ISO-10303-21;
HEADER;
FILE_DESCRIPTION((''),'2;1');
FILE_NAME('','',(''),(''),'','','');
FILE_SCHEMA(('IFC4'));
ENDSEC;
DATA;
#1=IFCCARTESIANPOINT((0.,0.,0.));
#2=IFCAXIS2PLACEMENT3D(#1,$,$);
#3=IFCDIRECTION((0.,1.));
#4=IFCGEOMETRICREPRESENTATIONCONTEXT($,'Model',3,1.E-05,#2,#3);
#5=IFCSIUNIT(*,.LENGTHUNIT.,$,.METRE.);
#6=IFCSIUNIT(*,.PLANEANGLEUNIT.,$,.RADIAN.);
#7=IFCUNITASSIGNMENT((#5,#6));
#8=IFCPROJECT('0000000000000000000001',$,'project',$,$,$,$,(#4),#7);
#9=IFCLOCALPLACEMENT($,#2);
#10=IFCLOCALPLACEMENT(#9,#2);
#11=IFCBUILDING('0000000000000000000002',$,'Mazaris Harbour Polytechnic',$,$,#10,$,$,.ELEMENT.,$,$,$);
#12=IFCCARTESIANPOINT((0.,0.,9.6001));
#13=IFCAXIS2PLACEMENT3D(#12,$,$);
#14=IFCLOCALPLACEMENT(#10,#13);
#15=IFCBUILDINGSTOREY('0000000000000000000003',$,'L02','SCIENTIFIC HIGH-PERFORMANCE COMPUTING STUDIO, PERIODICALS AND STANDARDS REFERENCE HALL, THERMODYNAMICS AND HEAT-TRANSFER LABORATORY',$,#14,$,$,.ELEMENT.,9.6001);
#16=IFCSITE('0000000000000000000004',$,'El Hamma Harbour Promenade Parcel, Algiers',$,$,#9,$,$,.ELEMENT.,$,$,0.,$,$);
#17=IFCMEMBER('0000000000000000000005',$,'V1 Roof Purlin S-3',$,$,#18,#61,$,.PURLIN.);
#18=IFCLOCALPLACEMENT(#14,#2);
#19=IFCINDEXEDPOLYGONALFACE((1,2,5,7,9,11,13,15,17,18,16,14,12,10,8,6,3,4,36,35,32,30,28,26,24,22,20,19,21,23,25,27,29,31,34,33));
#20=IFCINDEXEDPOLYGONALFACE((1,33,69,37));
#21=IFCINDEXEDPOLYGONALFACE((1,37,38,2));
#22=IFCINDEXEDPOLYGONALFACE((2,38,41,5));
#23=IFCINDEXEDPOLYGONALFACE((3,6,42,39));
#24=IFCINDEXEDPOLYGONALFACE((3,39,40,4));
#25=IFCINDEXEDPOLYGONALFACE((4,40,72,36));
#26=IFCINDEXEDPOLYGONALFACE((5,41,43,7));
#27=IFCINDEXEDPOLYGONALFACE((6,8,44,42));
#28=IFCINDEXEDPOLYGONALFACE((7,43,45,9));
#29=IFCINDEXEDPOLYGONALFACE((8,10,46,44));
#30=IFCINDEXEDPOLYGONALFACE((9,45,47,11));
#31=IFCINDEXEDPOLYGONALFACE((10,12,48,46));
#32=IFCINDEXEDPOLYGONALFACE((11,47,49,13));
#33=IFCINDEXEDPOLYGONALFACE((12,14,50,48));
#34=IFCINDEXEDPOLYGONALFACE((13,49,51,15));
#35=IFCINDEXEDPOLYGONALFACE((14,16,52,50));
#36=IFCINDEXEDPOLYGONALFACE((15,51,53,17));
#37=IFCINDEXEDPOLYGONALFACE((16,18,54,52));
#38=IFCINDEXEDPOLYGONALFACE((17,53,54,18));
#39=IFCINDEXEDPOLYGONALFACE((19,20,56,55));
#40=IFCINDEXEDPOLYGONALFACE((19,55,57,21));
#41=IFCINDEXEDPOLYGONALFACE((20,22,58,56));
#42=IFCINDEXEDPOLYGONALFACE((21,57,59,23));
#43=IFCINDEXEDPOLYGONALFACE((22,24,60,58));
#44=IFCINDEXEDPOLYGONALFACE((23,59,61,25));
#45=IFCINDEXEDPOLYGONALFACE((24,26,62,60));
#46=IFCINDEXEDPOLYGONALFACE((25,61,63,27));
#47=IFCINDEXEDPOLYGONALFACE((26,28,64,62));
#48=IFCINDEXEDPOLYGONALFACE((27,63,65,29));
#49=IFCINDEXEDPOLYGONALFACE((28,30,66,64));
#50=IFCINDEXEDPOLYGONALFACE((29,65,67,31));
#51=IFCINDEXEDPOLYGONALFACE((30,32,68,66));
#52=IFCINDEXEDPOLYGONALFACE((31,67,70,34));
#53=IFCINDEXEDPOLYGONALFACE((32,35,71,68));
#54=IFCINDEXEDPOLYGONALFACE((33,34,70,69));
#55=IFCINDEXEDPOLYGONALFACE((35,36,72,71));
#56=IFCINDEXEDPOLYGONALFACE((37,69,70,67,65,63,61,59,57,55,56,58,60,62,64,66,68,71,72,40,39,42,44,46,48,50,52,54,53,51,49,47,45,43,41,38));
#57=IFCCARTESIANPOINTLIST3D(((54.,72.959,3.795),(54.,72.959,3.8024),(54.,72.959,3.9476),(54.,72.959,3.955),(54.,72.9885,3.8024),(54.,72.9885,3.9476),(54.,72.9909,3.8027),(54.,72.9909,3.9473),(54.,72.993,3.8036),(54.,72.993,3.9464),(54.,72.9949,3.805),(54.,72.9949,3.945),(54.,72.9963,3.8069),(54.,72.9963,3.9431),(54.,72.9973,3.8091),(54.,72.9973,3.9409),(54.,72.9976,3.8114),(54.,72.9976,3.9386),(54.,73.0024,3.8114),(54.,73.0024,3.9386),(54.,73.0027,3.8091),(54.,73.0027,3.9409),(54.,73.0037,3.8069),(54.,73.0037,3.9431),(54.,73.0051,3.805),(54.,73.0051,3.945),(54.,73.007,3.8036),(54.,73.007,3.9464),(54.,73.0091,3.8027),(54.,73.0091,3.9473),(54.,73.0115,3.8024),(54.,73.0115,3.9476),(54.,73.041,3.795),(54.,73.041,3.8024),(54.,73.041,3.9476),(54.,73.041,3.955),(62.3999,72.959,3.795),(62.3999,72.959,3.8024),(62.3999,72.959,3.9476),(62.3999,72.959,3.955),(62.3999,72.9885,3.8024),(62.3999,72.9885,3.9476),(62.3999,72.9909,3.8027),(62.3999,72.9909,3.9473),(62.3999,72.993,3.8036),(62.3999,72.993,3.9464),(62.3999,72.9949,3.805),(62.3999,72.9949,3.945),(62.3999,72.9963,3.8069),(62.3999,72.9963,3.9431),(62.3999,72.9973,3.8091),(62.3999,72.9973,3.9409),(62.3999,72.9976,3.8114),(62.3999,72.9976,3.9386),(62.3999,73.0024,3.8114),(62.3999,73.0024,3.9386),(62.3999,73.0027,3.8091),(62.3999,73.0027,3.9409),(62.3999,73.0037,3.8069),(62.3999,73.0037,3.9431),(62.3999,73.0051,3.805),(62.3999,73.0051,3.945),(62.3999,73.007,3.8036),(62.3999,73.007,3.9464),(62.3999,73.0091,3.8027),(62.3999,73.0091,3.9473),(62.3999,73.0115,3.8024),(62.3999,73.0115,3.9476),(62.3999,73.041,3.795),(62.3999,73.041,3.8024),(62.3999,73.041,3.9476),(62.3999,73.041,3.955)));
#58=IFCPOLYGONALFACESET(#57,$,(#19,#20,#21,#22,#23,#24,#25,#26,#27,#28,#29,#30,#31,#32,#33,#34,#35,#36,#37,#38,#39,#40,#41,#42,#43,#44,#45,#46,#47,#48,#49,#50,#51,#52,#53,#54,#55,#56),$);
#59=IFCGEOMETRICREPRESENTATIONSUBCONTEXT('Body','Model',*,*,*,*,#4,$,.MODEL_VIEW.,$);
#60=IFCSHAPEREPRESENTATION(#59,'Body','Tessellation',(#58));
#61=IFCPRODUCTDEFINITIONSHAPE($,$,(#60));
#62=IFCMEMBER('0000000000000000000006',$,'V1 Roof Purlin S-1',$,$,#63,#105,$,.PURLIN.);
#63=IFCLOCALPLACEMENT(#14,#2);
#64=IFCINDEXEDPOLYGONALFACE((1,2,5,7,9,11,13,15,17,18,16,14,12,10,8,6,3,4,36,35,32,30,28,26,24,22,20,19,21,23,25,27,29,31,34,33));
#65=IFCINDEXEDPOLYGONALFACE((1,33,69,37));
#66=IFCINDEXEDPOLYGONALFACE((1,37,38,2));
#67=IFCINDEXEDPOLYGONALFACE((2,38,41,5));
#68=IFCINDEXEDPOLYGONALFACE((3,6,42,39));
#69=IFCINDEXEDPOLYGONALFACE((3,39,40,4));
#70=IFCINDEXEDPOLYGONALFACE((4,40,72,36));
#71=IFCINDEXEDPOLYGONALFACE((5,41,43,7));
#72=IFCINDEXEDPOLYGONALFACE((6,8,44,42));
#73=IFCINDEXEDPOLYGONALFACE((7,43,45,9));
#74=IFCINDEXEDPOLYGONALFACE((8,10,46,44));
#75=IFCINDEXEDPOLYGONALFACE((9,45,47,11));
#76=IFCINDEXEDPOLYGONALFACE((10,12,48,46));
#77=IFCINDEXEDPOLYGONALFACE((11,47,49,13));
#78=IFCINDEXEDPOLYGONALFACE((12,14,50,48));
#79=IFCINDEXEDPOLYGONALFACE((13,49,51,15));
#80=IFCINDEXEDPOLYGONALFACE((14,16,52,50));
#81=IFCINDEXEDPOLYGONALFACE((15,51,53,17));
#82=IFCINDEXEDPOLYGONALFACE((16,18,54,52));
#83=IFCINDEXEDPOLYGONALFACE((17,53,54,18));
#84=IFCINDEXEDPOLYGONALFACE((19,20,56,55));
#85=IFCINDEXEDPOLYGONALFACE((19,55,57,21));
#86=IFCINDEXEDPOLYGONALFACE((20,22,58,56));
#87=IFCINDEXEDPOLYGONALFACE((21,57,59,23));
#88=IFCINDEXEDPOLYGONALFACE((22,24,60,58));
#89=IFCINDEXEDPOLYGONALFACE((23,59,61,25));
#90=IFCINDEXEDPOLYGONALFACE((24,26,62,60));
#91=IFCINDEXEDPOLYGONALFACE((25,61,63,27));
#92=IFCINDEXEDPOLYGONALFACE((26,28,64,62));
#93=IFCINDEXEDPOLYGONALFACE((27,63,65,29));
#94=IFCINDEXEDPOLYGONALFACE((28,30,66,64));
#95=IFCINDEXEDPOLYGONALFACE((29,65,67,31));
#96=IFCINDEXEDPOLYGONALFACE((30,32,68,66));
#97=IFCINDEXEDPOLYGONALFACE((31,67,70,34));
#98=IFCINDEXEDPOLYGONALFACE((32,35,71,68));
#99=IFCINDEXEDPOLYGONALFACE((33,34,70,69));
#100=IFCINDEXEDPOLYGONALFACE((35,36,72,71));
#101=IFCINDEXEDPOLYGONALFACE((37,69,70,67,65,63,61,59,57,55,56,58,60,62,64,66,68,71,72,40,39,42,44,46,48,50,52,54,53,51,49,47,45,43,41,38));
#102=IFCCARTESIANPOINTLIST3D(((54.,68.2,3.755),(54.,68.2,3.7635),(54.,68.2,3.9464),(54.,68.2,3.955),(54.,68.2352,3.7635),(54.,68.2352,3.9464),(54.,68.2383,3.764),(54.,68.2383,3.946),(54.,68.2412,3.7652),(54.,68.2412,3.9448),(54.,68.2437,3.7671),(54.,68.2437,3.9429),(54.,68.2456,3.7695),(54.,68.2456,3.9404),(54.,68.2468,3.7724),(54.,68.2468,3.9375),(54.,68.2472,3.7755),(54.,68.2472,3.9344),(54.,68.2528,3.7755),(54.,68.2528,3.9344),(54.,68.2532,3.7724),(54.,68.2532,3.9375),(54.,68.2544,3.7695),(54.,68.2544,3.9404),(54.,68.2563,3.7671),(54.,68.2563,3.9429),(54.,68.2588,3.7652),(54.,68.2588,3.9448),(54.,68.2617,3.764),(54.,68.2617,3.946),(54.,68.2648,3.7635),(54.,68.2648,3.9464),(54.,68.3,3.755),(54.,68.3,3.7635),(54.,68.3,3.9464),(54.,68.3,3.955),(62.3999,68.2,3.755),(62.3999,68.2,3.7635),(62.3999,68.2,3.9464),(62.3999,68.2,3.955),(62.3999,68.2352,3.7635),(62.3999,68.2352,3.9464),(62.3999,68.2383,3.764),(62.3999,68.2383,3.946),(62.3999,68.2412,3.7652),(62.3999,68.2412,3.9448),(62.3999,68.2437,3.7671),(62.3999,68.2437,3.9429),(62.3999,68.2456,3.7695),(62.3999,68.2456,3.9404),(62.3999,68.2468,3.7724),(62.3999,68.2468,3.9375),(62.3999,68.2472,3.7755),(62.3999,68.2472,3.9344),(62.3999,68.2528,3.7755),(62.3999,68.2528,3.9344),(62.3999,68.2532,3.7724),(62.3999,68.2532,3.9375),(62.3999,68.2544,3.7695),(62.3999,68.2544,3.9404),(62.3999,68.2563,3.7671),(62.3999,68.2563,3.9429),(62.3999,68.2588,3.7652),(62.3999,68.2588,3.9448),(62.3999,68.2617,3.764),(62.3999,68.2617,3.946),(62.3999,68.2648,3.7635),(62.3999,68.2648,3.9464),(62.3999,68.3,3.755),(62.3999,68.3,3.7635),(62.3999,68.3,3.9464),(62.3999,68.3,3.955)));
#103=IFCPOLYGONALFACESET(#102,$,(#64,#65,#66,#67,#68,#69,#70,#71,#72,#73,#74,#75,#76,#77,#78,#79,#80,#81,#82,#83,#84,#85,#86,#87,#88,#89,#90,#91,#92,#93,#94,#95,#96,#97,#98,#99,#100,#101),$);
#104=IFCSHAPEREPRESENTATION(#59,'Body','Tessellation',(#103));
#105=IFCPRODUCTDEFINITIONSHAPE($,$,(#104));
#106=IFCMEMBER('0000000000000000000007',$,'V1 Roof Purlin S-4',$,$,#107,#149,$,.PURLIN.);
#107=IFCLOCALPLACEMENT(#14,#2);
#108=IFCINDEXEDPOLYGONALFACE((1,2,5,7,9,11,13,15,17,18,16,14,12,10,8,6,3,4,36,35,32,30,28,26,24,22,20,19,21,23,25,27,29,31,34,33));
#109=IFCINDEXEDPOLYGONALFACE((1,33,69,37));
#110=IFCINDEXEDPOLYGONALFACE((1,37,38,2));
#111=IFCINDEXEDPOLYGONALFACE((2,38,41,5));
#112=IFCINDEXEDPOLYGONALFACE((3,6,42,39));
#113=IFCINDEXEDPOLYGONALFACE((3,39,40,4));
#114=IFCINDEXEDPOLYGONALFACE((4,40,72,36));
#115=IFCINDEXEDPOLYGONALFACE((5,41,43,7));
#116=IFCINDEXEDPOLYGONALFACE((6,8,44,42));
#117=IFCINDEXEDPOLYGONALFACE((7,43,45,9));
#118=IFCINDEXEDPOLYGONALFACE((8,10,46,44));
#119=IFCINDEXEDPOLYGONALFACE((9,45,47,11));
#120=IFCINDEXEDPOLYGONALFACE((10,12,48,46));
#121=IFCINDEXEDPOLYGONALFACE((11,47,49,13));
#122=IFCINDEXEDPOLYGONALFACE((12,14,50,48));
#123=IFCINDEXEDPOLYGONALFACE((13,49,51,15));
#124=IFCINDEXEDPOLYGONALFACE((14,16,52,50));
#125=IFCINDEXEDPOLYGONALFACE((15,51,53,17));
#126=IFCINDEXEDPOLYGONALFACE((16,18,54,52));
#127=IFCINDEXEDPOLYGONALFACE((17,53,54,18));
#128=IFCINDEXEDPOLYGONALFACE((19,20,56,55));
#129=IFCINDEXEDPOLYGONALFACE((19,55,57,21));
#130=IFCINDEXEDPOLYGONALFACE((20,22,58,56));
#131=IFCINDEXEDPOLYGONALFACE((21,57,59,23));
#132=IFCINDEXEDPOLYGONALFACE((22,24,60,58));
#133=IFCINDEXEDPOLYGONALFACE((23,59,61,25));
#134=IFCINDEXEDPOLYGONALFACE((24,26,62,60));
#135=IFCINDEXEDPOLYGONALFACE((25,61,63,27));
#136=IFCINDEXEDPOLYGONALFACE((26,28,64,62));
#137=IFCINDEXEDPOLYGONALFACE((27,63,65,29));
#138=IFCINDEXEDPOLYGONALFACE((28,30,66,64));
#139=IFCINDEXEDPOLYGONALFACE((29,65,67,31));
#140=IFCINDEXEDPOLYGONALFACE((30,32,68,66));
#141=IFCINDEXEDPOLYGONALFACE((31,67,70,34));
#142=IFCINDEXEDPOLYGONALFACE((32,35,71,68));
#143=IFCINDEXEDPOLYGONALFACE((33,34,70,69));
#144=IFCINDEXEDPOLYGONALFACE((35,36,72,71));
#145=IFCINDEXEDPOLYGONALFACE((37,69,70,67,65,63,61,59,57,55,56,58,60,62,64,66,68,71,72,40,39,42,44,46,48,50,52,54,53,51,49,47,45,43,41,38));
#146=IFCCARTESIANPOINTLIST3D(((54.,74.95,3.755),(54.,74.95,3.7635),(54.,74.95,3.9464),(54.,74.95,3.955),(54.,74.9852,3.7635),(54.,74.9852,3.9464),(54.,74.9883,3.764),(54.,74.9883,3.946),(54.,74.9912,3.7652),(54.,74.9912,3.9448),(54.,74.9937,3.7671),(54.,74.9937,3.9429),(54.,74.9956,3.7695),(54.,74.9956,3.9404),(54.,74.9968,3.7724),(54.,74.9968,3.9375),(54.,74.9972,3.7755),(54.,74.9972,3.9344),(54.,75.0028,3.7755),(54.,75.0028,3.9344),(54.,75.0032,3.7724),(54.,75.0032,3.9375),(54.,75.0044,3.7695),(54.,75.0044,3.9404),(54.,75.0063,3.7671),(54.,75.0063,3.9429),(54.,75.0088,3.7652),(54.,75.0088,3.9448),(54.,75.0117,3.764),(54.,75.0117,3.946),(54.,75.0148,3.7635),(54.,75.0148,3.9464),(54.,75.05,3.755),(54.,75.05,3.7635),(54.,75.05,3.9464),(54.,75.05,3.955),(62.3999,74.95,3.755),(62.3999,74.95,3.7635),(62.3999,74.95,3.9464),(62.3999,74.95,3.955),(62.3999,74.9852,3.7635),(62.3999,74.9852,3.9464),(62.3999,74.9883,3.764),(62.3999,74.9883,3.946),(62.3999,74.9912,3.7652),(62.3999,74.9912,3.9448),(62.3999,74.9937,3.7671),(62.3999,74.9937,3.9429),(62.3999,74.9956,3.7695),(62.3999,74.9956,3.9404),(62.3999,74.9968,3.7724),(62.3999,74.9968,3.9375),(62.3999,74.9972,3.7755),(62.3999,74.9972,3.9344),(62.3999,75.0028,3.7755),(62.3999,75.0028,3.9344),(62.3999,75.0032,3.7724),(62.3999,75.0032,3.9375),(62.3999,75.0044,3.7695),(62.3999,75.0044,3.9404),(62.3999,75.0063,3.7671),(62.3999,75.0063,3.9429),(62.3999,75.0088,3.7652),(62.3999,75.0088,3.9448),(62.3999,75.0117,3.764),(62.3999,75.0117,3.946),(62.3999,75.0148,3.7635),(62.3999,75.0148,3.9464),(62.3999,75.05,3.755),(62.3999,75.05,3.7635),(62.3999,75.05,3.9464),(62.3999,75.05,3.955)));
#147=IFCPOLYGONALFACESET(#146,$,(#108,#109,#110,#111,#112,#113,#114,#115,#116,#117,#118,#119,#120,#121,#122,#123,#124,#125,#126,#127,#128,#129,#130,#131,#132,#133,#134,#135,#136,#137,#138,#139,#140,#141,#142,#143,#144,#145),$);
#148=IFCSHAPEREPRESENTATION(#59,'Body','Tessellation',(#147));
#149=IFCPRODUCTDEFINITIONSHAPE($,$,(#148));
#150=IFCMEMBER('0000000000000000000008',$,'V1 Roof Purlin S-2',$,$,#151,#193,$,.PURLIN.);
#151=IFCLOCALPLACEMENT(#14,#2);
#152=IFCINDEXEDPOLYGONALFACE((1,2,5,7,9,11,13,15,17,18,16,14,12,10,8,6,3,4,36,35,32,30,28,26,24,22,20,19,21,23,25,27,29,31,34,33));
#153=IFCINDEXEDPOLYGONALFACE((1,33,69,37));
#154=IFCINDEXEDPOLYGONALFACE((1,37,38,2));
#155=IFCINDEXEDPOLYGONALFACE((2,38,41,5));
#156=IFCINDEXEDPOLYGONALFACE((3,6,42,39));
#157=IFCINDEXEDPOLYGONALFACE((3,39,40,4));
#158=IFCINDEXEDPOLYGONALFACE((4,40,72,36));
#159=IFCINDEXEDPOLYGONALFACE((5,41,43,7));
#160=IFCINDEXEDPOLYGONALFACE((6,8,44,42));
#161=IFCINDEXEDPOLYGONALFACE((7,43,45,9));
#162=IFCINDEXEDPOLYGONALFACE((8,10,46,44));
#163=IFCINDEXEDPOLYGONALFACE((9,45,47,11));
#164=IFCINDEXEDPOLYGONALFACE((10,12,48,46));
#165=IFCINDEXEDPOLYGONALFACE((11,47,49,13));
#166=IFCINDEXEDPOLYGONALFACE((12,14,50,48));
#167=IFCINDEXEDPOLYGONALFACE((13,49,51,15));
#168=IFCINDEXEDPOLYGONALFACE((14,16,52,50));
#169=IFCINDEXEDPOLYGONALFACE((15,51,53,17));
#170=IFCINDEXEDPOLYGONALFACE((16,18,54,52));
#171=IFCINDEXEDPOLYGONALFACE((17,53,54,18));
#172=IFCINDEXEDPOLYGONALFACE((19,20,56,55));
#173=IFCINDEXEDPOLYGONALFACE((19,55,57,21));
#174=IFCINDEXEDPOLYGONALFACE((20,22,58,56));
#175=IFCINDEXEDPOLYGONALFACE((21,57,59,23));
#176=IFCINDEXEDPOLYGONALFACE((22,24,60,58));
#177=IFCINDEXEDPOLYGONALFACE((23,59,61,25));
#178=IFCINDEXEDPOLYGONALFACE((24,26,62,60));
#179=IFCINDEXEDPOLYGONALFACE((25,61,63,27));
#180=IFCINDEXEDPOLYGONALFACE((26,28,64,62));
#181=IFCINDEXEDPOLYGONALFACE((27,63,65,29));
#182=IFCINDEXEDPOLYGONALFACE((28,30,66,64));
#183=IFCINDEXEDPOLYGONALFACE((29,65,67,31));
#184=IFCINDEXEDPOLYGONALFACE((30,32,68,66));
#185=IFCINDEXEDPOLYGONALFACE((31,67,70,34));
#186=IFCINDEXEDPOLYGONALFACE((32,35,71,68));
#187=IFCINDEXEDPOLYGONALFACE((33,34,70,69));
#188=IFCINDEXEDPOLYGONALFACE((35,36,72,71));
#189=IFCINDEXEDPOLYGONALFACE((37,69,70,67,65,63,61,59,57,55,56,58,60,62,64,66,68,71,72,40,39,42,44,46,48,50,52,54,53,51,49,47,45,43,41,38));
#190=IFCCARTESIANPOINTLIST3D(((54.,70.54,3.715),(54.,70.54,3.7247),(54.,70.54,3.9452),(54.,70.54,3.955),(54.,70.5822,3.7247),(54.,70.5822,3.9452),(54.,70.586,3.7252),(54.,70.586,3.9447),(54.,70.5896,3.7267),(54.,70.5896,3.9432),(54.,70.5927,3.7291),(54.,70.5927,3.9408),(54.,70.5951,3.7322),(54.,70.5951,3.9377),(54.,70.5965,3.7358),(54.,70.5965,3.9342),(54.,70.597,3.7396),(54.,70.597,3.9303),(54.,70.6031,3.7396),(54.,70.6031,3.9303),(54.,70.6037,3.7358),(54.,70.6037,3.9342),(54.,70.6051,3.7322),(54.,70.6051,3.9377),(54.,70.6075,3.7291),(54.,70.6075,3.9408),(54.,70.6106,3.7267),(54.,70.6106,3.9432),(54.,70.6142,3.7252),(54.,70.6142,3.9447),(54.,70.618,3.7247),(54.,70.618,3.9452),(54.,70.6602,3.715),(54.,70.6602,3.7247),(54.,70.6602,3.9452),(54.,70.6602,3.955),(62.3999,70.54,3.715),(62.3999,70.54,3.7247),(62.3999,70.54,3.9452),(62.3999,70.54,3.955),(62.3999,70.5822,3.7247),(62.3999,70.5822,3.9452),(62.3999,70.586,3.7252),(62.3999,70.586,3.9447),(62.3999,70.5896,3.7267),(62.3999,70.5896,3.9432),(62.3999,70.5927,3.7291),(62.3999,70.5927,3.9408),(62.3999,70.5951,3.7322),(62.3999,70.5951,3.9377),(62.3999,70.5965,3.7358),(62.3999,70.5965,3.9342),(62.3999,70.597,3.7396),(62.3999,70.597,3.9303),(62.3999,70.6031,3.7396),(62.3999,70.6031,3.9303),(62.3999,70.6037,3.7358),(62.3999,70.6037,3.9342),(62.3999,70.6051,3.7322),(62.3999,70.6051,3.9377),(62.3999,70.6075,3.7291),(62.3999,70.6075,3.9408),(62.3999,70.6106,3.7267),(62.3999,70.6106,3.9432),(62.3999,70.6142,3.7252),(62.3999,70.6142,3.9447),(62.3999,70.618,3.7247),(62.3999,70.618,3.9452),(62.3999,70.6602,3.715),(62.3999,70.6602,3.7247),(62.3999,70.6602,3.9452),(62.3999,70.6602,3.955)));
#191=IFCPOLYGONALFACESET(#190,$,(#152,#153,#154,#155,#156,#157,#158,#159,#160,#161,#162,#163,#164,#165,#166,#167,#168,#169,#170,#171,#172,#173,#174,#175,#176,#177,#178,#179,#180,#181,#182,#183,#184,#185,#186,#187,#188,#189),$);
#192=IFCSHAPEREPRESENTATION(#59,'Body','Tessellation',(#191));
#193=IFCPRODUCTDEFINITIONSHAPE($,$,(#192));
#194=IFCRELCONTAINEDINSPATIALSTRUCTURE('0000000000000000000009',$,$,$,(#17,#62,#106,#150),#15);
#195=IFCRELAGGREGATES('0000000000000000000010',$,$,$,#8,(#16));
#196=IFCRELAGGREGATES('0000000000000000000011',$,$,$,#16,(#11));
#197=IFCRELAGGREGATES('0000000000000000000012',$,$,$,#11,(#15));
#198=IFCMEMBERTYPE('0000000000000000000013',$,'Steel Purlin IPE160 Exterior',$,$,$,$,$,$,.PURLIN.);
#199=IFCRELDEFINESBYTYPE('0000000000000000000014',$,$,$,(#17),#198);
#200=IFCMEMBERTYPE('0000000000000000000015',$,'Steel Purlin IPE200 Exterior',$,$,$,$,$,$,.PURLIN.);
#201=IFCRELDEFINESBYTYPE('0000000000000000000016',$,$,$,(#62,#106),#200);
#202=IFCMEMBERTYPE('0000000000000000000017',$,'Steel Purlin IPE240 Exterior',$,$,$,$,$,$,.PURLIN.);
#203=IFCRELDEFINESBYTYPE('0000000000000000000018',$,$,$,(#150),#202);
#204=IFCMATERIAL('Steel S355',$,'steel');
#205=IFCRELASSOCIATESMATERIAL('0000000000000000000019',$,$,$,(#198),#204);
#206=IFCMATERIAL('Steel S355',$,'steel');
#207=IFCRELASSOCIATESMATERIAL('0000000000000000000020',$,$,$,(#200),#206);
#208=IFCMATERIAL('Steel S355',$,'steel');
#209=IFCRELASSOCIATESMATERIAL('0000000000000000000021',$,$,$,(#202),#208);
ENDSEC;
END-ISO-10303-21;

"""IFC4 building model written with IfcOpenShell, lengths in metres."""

from ifc_helpers import new_model, si_unit, direction, frame, origin, origin_2d, place, context, subcontext, project, spatial, i_section, extrude, material, material_profile, profile_set, type_object, element, save


model = new_model("IFC4")

# Units and contexts
model_context = context("Model", 3, precision=1e-05, world=origin(), true_north=direction((0.0, 1.0)))
body_context = subcontext(model_context, "Body", "Model", "MODEL_VIEW")
ifc_project = project(units=[si_unit("LENGTHUNIT", "METRE"), si_unit("PLANEANGLEUNIT", "RADIAN")], contexts=[model_context])

# Site, building, storey
site_placement = place(None, origin())
site = spatial("IfcSite", under=ifc_project, at=site_placement, Name="El Hamma Harbour Promenade Parcel, Algiers", CompositionType="ELEMENT", RefElevation=0.0)
building_placement = place(site_placement, origin())
building = spatial("IfcBuilding", under=site, at=building_placement, Name="Mazaris Harbour Polytechnic", CompositionType="ELEMENT")
storey_placement = place(building_placement, frame((0.0, 0.0, 9.6001)))
storey = spatial("IfcBuildingStorey", under=building, at=storey_placement, Name="L02", Description="SCIENTIFIC HIGH-PERFORMANCE COMPUTING STUDIO, PERIODICALS AND STANDARDS REFERENCE HALL, THERMODYNAMICS AND HEAT-TRANSFER LABORATORY", CompositionType="ELEMENT", Elevation=9.6001)

# Members
ifc_material_1 = material(Name="Steel S355", Category="steel")
ifc_material_profile_1 = material_profile(ifc_material_1, i_section(OverallWidth=0.082, OverallDepth=0.1599, WebThickness=0.0049, FlangeThickness=0.0073, FilletRadius=0.009, at=origin_2d()), Name="IPE 160")
ifc_profile_set_1 = profile_set([ifc_material_profile_1], Name="Steel S355")
member_type_1 = type_object("IfcMemberType", Name="Steel Purlin IPE160 Exterior", PredefinedType="PURLIN", material=ifc_profile_set_1)
member_1_placement = place(storey_placement, frame((54.0, 73.0, 3.875), z_axis=(1.0, 0.0, 0.0), x_axis=(0.0, 1.0, 0.0)))
element("IfcMember", 1, at=member_1_placement, inside=storey, type_object=member_type_1, Name="V1 Roof Purlin S-3", PredefinedType="PURLIN", context=body_context, shape_type="SweptSolid", body=[
    extrude(i_section(OverallWidth=0.082, OverallDepth=0.1599, WebThickness=0.0049, FlangeThickness=0.0073, FilletRadius=0.009, at=origin_2d()), origin(), (0.0, 0.0, 1.0), 8.3999),
])
ifc_material_2 = material(Name="Steel S355", Category="steel")
ifc_material_profile_2 = material_profile(ifc_material_2, i_section(OverallWidth=0.1001, OverallDepth=0.2, WebThickness=0.0056, FlangeThickness=0.0085, FilletRadius=0.012, at=origin_2d()), Name="IPE 200")
ifc_profile_set_2 = profile_set([ifc_material_profile_2], Name="Steel S355")
member_type_2 = type_object("IfcMemberType", Name="Steel Purlin IPE200 Exterior", PredefinedType="PURLIN", material=ifc_profile_set_2)
for number, where, z_axis, x_axis, name in (
    (2, (54.0, 68.25, 3.855), (1.0, 0.0, 0.0), (0.0, 1.0, 0.0), "V1 Roof Purlin S-1"),
    (3, (54.0, 75.0, 3.855), (1.0, 0.0, 0.0), (0.0, 1.0, 0.0), "V1 Roof Purlin S-4"),
):
    element("IfcMember", number, at=place(storey_placement, frame(where, z_axis=z_axis, x_axis=x_axis)), inside=storey, type_object=member_type_2, Name=name, PredefinedType="PURLIN", context=body_context, shape_type="SweptSolid", body=[
        extrude(i_section(OverallWidth=0.1001, OverallDepth=0.2, WebThickness=0.0056, FlangeThickness=0.0085, FilletRadius=0.012, at=origin_2d()), origin(), (0.0, 0.0, 1.0), 8.3999),
    ])
ifc_material_3 = material(Name="Steel S355", Category="steel")
ifc_material_profile_3 = material_profile(ifc_material_3, i_section(OverallWidth=0.1201, OverallDepth=0.24, WebThickness=0.0061, FlangeThickness=0.0098, FilletRadius=0.0149, at=origin_2d()), Name="IPE 240")
ifc_profile_set_3 = profile_set([ifc_material_profile_3], Name="Steel S355")
member_type_3 = type_object("IfcMemberType", Name="Steel Purlin IPE240 Exterior", PredefinedType="PURLIN", material=ifc_profile_set_3)
member_2_placement = place(storey_placement, frame((54.0, 70.6001, 3.835), z_axis=(1.0, 0.0, 0.0), x_axis=(0.0, 1.0, 0.0)))
element("IfcMember", 4, at=member_2_placement, inside=storey, type_object=member_type_3, Name="V1 Roof Purlin S-2", PredefinedType="PURLIN", context=body_context, shape_type="SweptSolid", body=[
    extrude(i_section(OverallWidth=0.1201, OverallDepth=0.24, WebThickness=0.0061, FlangeThickness=0.0098, FilletRadius=0.0149, at=origin_2d()), origin(), (0.0, 0.0, 1.0), 8.3999),
])

save(model, "model.ifc")
